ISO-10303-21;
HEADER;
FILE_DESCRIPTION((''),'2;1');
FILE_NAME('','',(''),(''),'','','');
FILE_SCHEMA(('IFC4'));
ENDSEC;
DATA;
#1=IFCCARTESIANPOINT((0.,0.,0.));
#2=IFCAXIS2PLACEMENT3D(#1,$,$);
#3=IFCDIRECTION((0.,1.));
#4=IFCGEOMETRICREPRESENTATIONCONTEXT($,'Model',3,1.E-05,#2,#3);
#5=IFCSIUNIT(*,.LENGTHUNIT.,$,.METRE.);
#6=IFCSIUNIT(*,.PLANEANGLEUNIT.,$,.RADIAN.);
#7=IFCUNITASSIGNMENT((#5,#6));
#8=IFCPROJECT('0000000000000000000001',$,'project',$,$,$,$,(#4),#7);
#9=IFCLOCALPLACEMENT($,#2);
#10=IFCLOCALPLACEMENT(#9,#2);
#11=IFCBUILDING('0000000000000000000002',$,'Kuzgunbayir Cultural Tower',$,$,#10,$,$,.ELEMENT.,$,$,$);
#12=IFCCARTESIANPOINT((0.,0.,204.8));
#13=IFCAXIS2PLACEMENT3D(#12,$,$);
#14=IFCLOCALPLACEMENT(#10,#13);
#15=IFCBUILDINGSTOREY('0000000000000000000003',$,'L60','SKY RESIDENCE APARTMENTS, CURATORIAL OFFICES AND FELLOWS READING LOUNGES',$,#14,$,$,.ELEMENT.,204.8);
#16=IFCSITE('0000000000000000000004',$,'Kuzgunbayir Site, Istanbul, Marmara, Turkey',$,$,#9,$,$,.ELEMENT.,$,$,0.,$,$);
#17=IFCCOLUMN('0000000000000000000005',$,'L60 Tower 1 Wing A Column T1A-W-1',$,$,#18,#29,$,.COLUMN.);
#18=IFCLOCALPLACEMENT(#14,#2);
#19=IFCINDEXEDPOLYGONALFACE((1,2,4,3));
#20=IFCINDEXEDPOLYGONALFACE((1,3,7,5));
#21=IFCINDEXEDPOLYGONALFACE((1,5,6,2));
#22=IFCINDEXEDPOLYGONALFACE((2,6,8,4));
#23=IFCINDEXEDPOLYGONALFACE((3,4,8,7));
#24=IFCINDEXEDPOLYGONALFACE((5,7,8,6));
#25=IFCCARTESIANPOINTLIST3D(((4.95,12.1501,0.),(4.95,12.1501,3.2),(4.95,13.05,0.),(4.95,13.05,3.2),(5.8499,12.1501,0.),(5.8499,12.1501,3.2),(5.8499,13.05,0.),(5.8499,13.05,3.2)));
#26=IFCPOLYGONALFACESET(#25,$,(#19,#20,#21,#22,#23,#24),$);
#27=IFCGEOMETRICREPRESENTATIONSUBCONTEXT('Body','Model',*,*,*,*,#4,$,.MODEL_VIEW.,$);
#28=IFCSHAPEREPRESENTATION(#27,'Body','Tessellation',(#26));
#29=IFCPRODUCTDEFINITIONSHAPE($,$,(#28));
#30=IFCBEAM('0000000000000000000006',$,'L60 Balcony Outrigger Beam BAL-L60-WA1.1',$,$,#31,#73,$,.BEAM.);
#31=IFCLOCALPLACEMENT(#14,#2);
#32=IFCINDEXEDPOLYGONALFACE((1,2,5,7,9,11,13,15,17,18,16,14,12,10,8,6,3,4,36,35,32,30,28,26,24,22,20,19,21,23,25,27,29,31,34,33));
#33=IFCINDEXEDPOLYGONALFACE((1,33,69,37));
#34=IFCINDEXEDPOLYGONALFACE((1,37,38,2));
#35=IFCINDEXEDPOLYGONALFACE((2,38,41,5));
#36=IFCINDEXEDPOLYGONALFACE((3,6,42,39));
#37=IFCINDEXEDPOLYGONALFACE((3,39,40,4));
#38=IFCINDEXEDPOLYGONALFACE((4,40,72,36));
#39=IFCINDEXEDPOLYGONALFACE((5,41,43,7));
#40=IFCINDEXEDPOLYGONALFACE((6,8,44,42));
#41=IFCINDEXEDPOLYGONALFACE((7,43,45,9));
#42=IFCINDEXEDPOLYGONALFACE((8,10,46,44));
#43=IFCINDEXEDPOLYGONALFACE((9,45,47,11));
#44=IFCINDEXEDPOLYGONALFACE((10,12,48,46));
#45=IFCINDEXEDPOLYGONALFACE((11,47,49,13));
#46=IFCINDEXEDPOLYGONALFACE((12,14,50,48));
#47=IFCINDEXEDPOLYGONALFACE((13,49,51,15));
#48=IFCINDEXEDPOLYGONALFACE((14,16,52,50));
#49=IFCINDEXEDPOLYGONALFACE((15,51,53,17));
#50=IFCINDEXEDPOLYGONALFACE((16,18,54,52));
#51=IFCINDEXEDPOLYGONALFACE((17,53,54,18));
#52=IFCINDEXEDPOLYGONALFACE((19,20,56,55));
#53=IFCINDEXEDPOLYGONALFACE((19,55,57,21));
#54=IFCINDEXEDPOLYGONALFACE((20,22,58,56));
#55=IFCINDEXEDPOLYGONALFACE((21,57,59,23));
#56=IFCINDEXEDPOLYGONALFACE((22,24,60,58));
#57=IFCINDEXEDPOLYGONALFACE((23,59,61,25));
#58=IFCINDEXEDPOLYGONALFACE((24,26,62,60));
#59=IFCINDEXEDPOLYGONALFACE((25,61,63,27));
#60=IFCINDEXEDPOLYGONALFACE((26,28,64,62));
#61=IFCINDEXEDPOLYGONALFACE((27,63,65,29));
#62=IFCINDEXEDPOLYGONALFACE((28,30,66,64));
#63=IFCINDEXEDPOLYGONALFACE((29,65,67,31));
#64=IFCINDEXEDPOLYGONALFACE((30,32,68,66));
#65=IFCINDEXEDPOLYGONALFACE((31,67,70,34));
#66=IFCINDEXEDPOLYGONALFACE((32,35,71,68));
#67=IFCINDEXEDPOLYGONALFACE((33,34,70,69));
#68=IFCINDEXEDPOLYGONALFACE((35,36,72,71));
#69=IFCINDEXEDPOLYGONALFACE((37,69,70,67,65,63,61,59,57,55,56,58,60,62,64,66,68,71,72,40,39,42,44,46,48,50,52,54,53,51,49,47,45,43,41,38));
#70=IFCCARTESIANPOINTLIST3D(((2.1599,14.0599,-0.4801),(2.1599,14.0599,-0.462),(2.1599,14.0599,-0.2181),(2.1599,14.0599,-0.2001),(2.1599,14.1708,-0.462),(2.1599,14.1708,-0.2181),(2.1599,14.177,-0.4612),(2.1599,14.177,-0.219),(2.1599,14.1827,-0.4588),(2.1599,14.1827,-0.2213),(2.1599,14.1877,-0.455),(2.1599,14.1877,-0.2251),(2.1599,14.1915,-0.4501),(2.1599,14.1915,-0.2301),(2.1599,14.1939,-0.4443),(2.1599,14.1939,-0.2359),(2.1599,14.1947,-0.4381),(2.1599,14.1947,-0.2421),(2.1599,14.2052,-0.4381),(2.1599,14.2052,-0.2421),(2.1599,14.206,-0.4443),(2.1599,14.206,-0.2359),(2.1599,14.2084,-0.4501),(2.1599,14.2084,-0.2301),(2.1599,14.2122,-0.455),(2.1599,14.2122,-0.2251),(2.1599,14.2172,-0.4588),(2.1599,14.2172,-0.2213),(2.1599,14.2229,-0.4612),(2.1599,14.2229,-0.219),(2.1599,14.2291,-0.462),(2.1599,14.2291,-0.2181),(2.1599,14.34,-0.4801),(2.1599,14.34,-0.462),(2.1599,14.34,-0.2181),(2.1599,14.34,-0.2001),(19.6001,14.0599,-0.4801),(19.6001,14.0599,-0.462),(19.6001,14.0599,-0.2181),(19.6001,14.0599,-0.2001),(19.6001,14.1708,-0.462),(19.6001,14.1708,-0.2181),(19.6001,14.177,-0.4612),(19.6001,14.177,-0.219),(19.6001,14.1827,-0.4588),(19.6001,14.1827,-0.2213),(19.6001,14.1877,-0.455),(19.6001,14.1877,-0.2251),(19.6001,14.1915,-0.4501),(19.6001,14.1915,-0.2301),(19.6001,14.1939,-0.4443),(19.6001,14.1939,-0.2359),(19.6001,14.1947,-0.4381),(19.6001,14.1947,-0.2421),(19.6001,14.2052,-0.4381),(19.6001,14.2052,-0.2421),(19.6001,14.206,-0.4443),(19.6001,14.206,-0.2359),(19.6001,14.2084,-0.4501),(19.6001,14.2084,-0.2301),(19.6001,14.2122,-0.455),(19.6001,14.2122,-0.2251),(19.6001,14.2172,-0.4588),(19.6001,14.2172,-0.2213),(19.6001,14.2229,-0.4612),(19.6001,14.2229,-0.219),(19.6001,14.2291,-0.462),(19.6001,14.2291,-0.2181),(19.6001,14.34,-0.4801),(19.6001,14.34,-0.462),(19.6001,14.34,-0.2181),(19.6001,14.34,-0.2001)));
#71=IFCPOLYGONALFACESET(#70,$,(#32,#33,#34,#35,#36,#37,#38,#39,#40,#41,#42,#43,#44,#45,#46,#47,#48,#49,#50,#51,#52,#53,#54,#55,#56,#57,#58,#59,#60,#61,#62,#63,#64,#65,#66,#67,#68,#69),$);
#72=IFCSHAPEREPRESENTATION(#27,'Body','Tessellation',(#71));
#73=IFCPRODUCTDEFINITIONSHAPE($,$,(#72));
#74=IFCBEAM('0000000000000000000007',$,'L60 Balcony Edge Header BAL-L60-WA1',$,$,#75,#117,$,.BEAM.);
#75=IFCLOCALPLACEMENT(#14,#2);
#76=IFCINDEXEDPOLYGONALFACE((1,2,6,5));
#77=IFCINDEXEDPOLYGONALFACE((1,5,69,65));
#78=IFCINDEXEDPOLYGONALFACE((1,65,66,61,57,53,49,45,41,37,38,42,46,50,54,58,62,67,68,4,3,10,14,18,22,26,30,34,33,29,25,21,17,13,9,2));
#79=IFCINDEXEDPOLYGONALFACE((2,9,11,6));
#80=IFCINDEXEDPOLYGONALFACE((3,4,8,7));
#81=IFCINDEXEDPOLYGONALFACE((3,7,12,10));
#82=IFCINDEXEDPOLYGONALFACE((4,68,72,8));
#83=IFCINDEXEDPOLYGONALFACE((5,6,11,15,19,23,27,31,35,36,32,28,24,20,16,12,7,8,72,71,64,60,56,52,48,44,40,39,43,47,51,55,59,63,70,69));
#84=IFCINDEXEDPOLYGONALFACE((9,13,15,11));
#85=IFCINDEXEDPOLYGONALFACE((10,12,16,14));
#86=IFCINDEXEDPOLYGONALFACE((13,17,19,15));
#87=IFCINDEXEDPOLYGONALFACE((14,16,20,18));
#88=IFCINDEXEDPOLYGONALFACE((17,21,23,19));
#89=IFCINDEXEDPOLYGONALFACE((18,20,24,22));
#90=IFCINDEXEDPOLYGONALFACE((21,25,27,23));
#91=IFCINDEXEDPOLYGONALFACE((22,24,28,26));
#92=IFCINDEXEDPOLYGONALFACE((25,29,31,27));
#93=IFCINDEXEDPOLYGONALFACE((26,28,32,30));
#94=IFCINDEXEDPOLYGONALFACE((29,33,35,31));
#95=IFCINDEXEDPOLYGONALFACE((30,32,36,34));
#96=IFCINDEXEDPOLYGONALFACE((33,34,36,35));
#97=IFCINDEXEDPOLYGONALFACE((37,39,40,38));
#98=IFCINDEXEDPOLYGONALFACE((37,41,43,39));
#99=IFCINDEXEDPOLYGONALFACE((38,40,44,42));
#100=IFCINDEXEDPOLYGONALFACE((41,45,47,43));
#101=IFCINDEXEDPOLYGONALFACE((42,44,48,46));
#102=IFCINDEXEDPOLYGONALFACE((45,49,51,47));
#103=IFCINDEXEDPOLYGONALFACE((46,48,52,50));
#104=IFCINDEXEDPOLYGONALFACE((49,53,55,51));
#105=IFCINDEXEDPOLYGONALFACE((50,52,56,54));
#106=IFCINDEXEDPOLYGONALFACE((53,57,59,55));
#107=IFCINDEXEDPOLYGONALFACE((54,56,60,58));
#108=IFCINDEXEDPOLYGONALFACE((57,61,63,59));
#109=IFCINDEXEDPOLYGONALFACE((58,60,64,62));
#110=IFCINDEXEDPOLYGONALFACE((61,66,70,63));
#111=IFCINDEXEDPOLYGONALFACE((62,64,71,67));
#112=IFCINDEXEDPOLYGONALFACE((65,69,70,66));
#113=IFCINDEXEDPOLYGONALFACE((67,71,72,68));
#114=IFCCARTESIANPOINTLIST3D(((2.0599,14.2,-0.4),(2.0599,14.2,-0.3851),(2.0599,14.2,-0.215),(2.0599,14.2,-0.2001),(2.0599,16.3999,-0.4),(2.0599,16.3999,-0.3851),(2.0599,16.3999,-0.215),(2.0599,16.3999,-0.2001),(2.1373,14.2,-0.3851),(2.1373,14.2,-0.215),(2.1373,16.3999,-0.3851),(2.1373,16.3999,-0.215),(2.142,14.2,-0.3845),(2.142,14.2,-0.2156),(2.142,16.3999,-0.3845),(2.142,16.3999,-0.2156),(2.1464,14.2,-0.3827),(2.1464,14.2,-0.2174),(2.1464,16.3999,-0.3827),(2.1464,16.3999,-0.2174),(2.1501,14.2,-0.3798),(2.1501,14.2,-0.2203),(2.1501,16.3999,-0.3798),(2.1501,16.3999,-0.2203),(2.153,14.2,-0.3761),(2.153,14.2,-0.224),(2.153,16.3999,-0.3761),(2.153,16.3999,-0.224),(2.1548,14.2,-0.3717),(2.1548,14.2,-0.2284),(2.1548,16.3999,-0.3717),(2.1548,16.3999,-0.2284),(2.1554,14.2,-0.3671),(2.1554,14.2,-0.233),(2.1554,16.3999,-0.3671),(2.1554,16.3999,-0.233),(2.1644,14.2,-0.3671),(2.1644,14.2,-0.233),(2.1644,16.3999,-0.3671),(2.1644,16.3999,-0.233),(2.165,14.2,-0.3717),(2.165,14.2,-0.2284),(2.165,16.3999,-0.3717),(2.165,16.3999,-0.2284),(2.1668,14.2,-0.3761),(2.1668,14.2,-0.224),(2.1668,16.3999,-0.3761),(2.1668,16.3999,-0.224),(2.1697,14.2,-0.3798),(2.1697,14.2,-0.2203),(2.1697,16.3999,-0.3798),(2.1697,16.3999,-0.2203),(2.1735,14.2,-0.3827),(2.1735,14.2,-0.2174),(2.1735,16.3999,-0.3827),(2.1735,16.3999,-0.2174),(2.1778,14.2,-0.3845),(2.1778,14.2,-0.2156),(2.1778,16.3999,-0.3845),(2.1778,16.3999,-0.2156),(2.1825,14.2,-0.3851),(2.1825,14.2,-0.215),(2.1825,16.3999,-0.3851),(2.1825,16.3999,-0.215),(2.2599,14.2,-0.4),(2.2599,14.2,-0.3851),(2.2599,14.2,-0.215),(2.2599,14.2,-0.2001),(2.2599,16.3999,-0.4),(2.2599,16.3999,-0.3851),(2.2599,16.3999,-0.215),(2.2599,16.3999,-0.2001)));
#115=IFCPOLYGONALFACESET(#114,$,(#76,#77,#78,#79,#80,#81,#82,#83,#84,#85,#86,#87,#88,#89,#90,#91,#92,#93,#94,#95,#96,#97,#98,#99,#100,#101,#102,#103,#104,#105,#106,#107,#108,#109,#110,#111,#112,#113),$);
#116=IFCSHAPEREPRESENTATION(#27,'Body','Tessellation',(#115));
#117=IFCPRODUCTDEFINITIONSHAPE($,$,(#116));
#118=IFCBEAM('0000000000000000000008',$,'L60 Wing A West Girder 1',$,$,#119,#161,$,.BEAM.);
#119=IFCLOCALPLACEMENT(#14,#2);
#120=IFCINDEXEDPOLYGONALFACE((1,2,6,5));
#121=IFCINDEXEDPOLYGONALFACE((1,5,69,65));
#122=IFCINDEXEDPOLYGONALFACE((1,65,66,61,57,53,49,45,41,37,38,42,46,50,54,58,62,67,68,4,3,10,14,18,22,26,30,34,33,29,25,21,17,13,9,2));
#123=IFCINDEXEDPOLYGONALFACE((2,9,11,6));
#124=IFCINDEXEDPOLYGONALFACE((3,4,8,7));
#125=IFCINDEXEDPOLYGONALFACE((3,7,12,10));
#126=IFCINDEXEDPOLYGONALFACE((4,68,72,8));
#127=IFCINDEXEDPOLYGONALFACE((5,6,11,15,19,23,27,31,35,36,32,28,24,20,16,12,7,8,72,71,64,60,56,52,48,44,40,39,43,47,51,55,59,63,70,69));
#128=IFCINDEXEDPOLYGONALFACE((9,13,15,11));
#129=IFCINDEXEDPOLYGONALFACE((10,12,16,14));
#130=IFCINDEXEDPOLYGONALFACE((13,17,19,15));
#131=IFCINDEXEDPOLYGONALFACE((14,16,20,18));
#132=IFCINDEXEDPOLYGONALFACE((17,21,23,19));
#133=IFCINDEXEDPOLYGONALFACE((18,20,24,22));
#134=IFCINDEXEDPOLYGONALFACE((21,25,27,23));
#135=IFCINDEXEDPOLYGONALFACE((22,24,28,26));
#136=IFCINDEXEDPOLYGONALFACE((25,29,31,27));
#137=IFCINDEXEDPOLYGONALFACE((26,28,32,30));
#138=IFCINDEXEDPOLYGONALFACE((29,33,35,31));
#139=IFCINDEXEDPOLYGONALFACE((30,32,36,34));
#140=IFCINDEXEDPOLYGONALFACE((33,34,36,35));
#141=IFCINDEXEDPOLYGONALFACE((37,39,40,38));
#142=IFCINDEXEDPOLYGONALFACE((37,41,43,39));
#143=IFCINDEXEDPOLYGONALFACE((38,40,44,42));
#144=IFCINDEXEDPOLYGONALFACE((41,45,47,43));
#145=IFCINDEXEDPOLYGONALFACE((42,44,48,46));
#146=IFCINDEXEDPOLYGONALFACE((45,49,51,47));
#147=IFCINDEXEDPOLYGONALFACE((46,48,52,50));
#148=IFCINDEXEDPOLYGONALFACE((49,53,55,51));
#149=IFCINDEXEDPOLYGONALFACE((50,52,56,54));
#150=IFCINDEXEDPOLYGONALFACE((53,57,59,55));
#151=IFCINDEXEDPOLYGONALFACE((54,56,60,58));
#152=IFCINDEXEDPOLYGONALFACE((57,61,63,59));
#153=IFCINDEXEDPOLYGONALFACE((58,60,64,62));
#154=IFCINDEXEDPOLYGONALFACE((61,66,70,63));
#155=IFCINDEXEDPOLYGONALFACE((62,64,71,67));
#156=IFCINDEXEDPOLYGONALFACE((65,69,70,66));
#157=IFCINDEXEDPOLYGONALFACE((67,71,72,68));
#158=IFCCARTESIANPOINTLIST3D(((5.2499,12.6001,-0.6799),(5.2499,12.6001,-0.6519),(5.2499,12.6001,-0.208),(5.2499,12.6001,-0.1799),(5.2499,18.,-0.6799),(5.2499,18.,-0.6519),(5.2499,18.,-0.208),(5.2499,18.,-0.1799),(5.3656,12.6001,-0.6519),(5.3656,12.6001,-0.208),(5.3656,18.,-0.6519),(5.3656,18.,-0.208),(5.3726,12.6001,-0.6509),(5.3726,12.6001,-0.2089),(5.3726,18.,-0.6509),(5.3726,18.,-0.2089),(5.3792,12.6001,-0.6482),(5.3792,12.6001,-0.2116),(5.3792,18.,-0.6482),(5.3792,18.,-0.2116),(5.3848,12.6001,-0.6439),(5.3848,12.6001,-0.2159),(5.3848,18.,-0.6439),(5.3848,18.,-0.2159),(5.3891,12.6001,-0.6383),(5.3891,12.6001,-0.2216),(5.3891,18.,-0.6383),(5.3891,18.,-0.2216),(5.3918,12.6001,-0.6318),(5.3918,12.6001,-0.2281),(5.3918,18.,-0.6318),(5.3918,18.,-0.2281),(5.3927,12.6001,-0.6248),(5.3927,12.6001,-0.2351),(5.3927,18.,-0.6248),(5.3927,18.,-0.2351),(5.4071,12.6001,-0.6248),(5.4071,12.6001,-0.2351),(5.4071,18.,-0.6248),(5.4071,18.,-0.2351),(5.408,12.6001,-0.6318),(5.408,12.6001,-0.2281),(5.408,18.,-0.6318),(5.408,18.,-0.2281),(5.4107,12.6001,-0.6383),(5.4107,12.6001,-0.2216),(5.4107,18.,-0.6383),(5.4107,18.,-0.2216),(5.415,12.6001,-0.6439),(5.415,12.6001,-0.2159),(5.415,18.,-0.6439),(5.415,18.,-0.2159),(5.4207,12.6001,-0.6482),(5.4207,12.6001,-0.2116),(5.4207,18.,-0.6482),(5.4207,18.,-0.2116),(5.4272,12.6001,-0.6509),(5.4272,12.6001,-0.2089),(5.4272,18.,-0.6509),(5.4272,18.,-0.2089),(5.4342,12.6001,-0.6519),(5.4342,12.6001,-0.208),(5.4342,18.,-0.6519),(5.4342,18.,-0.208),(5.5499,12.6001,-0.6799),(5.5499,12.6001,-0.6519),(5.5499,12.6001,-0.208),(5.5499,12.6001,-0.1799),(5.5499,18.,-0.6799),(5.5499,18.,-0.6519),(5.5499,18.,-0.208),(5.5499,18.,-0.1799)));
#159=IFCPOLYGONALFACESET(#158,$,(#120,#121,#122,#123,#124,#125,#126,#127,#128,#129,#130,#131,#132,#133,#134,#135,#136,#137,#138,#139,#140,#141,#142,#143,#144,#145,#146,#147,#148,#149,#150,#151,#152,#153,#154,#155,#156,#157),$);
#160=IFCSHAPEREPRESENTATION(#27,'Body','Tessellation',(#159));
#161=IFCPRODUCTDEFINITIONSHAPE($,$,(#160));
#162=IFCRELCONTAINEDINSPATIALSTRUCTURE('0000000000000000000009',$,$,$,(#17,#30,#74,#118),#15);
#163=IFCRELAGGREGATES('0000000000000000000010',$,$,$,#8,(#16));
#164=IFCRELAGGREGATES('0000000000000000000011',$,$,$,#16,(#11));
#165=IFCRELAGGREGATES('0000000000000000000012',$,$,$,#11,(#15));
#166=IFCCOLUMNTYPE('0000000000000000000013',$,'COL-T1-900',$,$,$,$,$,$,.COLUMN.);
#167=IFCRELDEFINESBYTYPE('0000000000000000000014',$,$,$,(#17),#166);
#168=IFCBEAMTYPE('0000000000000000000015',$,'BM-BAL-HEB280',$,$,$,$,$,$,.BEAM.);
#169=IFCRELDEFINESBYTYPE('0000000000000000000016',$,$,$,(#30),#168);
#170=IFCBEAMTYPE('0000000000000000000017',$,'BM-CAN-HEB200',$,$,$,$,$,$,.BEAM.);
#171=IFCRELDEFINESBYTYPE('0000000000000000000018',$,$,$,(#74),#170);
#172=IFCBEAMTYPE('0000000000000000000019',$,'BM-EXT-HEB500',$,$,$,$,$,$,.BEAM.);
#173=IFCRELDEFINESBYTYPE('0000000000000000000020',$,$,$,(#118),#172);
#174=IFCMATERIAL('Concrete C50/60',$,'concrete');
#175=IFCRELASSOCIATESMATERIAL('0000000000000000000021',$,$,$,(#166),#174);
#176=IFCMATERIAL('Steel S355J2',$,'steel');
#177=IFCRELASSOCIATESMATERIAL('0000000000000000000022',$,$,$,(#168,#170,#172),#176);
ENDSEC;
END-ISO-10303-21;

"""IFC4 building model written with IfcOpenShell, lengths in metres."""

from ifc_helpers import new_model, si_unit, direction, frame, origin, origin_2d, place, context, subcontext, project, spatial, rectangle, i_section, extrude, material, material_profile, profile_set, type_object, element, save


model = new_model("IFC4")

# Units and contexts
model_context = context("Model", 3, precision=1e-05, world=origin(), true_north=direction((0.0, 1.0)))
body_context = subcontext(model_context, "Body", "Model", "MODEL_VIEW")
ifc_project = project(units=[si_unit("LENGTHUNIT", "METRE"), si_unit("PLANEANGLEUNIT", "RADIAN")], contexts=[model_context])

# Site, building, storey
site_placement = place(None, origin())
site = spatial("IfcSite", under=ifc_project, at=site_placement, Name="Kuzgunbayir Site, Istanbul, Marmara, Turkey", CompositionType="ELEMENT", RefElevation=0.0)
building_placement = place(site_placement, origin())
building = spatial("IfcBuilding", under=site, at=building_placement, Name="Kuzgunbayir Cultural Tower", CompositionType="ELEMENT")
storey_placement = place(building_placement, frame((0.0, 0.0, 204.8)))
storey = spatial("IfcBuildingStorey", under=building, at=storey_placement, Name="L60", Description="SKY RESIDENCE APARTMENTS, CURATORIAL OFFICES AND FELLOWS READING LOUNGES", CompositionType="ELEMENT", Elevation=204.8)

# Column
ifc_material_1 = material(Name="Concrete C50/60", Category="concrete")
ifc_material_profile_1 = material_profile(ifc_material_1, rectangle(XDim=0.8999, YDim=0.8999, at=origin_2d()), Name="RC 900x900")
ifc_profile_set_1 = profile_set([ifc_material_profile_1], Name="Concrete C50/60")
column_type = type_object("IfcColumnType", Name="COL-T1-900", PredefinedType="COLUMN", material=ifc_profile_set_1)
column_placement = place(storey_placement, frame((5.3999, 12.6001, 0.0), z_axis=(0.0, 0.0, 1.0), x_axis=(1.0, 0.0, 0.0)))
element("IfcColumn", 1, at=column_placement, inside=storey, type_object=column_type, Name="L60 Tower 1 Wing A Column T1A-W-1", PredefinedType="COLUMN", context=body_context, shape_type="SweptSolid", body=[
    extrude(rectangle(XDim=0.8999, YDim=0.8999, at=origin_2d()), origin(), (0.0, 0.0, 1.0), 3.2),
])

# Beams
ifc_material_2 = material(Name="Steel S355J2", Category="steel")
ifc_material_profile_2 = material_profile(ifc_material_2, i_section(OverallWidth=0.28, OverallDepth=0.28, WebThickness=0.0105, FlangeThickness=0.0181, FilletRadius=0.0239, at=origin_2d()), Name="HEB 280")
ifc_profile_set_2 = profile_set([ifc_material_profile_2], Name="Steel S355J2")
beam_type_1 = type_object("IfcBeamType", Name="BM-BAL-HEB280", PredefinedType="BEAM", material=ifc_profile_set_2)
beam_1_placement = place(storey_placement, frame((2.1599, 14.2, -0.3401), z_axis=(1.0, 0.0, 0.0), x_axis=(0.0, 1.0, 0.0)))
element("IfcBeam", 2, at=beam_1_placement, inside=storey, type_object=beam_type_1, Name="L60 Balcony Outrigger Beam BAL-L60-WA1.1", PredefinedType="BEAM", context=body_context, shape_type="SweptSolid", body=[
    extrude(i_section(OverallWidth=0.28, OverallDepth=0.28, WebThickness=0.0105, FlangeThickness=0.0181, FilletRadius=0.0239, at=origin_2d()), origin(), (0.0, 0.0, 1.0), 17.4402),
])
ifc_material_profile_3 = material_profile(ifc_material_2, i_section(OverallWidth=0.2, OverallDepth=0.2, WebThickness=0.009, FlangeThickness=0.0149, FilletRadius=0.0181, at=origin_2d()), Name="HEB 200")
ifc_profile_set_3 = profile_set([ifc_material_profile_3], Name="Steel S355J2")
beam_type_2 = type_object("IfcBeamType", Name="BM-CAN-HEB200", PredefinedType="BEAM", material=ifc_profile_set_3)
beam_2_placement = place(storey_placement, frame((2.1599, 14.2, -0.3), z_axis=(0.0, 1.0, 0.0), x_axis=(-1.0, 0.0, 0.0)))
element("IfcBeam", 3, at=beam_2_placement, inside=storey, type_object=beam_type_2, Name="L60 Balcony Edge Header BAL-L60-WA1", PredefinedType="BEAM", context=body_context, shape_type="SweptSolid", body=[
    extrude(i_section(OverallWidth=0.2, OverallDepth=0.2, WebThickness=0.009, FlangeThickness=0.0149, FilletRadius=0.0181, at=origin_2d()), origin(), (0.0, 0.0, 1.0), 2.2),
])
ifc_material_profile_4 = material_profile(ifc_material_2, i_section(OverallWidth=0.3, OverallDepth=0.5, WebThickness=0.0144, FlangeThickness=0.0281, FilletRadius=0.0271, at=origin_2d()), Name="HEB 500")
ifc_profile_set_4 = profile_set([ifc_material_profile_4], Name="Steel S355J2")
beam_type_3 = type_object("IfcBeamType", Name="BM-EXT-HEB500", PredefinedType="BEAM", material=ifc_profile_set_4)
beam_3_placement = place(storey_placement, frame((5.3999, 12.6001, -0.4299), z_axis=(0.0, 1.0, 0.0), x_axis=(-1.0, 0.0, 0.0)))
element("IfcBeam", 4, at=beam_3_placement, inside=storey, type_object=beam_type_3, Name="L60 Wing A West Girder 1", PredefinedType="BEAM", context=body_context, shape_type="SweptSolid", body=[
    extrude(i_section(OverallWidth=0.3, OverallDepth=0.5, WebThickness=0.0144, FlangeThickness=0.0281, FilletRadius=0.0271, at=origin_2d()), origin(), (0.0, 0.0, 1.0), 5.3999),
])

save(model, "model.ifc")
